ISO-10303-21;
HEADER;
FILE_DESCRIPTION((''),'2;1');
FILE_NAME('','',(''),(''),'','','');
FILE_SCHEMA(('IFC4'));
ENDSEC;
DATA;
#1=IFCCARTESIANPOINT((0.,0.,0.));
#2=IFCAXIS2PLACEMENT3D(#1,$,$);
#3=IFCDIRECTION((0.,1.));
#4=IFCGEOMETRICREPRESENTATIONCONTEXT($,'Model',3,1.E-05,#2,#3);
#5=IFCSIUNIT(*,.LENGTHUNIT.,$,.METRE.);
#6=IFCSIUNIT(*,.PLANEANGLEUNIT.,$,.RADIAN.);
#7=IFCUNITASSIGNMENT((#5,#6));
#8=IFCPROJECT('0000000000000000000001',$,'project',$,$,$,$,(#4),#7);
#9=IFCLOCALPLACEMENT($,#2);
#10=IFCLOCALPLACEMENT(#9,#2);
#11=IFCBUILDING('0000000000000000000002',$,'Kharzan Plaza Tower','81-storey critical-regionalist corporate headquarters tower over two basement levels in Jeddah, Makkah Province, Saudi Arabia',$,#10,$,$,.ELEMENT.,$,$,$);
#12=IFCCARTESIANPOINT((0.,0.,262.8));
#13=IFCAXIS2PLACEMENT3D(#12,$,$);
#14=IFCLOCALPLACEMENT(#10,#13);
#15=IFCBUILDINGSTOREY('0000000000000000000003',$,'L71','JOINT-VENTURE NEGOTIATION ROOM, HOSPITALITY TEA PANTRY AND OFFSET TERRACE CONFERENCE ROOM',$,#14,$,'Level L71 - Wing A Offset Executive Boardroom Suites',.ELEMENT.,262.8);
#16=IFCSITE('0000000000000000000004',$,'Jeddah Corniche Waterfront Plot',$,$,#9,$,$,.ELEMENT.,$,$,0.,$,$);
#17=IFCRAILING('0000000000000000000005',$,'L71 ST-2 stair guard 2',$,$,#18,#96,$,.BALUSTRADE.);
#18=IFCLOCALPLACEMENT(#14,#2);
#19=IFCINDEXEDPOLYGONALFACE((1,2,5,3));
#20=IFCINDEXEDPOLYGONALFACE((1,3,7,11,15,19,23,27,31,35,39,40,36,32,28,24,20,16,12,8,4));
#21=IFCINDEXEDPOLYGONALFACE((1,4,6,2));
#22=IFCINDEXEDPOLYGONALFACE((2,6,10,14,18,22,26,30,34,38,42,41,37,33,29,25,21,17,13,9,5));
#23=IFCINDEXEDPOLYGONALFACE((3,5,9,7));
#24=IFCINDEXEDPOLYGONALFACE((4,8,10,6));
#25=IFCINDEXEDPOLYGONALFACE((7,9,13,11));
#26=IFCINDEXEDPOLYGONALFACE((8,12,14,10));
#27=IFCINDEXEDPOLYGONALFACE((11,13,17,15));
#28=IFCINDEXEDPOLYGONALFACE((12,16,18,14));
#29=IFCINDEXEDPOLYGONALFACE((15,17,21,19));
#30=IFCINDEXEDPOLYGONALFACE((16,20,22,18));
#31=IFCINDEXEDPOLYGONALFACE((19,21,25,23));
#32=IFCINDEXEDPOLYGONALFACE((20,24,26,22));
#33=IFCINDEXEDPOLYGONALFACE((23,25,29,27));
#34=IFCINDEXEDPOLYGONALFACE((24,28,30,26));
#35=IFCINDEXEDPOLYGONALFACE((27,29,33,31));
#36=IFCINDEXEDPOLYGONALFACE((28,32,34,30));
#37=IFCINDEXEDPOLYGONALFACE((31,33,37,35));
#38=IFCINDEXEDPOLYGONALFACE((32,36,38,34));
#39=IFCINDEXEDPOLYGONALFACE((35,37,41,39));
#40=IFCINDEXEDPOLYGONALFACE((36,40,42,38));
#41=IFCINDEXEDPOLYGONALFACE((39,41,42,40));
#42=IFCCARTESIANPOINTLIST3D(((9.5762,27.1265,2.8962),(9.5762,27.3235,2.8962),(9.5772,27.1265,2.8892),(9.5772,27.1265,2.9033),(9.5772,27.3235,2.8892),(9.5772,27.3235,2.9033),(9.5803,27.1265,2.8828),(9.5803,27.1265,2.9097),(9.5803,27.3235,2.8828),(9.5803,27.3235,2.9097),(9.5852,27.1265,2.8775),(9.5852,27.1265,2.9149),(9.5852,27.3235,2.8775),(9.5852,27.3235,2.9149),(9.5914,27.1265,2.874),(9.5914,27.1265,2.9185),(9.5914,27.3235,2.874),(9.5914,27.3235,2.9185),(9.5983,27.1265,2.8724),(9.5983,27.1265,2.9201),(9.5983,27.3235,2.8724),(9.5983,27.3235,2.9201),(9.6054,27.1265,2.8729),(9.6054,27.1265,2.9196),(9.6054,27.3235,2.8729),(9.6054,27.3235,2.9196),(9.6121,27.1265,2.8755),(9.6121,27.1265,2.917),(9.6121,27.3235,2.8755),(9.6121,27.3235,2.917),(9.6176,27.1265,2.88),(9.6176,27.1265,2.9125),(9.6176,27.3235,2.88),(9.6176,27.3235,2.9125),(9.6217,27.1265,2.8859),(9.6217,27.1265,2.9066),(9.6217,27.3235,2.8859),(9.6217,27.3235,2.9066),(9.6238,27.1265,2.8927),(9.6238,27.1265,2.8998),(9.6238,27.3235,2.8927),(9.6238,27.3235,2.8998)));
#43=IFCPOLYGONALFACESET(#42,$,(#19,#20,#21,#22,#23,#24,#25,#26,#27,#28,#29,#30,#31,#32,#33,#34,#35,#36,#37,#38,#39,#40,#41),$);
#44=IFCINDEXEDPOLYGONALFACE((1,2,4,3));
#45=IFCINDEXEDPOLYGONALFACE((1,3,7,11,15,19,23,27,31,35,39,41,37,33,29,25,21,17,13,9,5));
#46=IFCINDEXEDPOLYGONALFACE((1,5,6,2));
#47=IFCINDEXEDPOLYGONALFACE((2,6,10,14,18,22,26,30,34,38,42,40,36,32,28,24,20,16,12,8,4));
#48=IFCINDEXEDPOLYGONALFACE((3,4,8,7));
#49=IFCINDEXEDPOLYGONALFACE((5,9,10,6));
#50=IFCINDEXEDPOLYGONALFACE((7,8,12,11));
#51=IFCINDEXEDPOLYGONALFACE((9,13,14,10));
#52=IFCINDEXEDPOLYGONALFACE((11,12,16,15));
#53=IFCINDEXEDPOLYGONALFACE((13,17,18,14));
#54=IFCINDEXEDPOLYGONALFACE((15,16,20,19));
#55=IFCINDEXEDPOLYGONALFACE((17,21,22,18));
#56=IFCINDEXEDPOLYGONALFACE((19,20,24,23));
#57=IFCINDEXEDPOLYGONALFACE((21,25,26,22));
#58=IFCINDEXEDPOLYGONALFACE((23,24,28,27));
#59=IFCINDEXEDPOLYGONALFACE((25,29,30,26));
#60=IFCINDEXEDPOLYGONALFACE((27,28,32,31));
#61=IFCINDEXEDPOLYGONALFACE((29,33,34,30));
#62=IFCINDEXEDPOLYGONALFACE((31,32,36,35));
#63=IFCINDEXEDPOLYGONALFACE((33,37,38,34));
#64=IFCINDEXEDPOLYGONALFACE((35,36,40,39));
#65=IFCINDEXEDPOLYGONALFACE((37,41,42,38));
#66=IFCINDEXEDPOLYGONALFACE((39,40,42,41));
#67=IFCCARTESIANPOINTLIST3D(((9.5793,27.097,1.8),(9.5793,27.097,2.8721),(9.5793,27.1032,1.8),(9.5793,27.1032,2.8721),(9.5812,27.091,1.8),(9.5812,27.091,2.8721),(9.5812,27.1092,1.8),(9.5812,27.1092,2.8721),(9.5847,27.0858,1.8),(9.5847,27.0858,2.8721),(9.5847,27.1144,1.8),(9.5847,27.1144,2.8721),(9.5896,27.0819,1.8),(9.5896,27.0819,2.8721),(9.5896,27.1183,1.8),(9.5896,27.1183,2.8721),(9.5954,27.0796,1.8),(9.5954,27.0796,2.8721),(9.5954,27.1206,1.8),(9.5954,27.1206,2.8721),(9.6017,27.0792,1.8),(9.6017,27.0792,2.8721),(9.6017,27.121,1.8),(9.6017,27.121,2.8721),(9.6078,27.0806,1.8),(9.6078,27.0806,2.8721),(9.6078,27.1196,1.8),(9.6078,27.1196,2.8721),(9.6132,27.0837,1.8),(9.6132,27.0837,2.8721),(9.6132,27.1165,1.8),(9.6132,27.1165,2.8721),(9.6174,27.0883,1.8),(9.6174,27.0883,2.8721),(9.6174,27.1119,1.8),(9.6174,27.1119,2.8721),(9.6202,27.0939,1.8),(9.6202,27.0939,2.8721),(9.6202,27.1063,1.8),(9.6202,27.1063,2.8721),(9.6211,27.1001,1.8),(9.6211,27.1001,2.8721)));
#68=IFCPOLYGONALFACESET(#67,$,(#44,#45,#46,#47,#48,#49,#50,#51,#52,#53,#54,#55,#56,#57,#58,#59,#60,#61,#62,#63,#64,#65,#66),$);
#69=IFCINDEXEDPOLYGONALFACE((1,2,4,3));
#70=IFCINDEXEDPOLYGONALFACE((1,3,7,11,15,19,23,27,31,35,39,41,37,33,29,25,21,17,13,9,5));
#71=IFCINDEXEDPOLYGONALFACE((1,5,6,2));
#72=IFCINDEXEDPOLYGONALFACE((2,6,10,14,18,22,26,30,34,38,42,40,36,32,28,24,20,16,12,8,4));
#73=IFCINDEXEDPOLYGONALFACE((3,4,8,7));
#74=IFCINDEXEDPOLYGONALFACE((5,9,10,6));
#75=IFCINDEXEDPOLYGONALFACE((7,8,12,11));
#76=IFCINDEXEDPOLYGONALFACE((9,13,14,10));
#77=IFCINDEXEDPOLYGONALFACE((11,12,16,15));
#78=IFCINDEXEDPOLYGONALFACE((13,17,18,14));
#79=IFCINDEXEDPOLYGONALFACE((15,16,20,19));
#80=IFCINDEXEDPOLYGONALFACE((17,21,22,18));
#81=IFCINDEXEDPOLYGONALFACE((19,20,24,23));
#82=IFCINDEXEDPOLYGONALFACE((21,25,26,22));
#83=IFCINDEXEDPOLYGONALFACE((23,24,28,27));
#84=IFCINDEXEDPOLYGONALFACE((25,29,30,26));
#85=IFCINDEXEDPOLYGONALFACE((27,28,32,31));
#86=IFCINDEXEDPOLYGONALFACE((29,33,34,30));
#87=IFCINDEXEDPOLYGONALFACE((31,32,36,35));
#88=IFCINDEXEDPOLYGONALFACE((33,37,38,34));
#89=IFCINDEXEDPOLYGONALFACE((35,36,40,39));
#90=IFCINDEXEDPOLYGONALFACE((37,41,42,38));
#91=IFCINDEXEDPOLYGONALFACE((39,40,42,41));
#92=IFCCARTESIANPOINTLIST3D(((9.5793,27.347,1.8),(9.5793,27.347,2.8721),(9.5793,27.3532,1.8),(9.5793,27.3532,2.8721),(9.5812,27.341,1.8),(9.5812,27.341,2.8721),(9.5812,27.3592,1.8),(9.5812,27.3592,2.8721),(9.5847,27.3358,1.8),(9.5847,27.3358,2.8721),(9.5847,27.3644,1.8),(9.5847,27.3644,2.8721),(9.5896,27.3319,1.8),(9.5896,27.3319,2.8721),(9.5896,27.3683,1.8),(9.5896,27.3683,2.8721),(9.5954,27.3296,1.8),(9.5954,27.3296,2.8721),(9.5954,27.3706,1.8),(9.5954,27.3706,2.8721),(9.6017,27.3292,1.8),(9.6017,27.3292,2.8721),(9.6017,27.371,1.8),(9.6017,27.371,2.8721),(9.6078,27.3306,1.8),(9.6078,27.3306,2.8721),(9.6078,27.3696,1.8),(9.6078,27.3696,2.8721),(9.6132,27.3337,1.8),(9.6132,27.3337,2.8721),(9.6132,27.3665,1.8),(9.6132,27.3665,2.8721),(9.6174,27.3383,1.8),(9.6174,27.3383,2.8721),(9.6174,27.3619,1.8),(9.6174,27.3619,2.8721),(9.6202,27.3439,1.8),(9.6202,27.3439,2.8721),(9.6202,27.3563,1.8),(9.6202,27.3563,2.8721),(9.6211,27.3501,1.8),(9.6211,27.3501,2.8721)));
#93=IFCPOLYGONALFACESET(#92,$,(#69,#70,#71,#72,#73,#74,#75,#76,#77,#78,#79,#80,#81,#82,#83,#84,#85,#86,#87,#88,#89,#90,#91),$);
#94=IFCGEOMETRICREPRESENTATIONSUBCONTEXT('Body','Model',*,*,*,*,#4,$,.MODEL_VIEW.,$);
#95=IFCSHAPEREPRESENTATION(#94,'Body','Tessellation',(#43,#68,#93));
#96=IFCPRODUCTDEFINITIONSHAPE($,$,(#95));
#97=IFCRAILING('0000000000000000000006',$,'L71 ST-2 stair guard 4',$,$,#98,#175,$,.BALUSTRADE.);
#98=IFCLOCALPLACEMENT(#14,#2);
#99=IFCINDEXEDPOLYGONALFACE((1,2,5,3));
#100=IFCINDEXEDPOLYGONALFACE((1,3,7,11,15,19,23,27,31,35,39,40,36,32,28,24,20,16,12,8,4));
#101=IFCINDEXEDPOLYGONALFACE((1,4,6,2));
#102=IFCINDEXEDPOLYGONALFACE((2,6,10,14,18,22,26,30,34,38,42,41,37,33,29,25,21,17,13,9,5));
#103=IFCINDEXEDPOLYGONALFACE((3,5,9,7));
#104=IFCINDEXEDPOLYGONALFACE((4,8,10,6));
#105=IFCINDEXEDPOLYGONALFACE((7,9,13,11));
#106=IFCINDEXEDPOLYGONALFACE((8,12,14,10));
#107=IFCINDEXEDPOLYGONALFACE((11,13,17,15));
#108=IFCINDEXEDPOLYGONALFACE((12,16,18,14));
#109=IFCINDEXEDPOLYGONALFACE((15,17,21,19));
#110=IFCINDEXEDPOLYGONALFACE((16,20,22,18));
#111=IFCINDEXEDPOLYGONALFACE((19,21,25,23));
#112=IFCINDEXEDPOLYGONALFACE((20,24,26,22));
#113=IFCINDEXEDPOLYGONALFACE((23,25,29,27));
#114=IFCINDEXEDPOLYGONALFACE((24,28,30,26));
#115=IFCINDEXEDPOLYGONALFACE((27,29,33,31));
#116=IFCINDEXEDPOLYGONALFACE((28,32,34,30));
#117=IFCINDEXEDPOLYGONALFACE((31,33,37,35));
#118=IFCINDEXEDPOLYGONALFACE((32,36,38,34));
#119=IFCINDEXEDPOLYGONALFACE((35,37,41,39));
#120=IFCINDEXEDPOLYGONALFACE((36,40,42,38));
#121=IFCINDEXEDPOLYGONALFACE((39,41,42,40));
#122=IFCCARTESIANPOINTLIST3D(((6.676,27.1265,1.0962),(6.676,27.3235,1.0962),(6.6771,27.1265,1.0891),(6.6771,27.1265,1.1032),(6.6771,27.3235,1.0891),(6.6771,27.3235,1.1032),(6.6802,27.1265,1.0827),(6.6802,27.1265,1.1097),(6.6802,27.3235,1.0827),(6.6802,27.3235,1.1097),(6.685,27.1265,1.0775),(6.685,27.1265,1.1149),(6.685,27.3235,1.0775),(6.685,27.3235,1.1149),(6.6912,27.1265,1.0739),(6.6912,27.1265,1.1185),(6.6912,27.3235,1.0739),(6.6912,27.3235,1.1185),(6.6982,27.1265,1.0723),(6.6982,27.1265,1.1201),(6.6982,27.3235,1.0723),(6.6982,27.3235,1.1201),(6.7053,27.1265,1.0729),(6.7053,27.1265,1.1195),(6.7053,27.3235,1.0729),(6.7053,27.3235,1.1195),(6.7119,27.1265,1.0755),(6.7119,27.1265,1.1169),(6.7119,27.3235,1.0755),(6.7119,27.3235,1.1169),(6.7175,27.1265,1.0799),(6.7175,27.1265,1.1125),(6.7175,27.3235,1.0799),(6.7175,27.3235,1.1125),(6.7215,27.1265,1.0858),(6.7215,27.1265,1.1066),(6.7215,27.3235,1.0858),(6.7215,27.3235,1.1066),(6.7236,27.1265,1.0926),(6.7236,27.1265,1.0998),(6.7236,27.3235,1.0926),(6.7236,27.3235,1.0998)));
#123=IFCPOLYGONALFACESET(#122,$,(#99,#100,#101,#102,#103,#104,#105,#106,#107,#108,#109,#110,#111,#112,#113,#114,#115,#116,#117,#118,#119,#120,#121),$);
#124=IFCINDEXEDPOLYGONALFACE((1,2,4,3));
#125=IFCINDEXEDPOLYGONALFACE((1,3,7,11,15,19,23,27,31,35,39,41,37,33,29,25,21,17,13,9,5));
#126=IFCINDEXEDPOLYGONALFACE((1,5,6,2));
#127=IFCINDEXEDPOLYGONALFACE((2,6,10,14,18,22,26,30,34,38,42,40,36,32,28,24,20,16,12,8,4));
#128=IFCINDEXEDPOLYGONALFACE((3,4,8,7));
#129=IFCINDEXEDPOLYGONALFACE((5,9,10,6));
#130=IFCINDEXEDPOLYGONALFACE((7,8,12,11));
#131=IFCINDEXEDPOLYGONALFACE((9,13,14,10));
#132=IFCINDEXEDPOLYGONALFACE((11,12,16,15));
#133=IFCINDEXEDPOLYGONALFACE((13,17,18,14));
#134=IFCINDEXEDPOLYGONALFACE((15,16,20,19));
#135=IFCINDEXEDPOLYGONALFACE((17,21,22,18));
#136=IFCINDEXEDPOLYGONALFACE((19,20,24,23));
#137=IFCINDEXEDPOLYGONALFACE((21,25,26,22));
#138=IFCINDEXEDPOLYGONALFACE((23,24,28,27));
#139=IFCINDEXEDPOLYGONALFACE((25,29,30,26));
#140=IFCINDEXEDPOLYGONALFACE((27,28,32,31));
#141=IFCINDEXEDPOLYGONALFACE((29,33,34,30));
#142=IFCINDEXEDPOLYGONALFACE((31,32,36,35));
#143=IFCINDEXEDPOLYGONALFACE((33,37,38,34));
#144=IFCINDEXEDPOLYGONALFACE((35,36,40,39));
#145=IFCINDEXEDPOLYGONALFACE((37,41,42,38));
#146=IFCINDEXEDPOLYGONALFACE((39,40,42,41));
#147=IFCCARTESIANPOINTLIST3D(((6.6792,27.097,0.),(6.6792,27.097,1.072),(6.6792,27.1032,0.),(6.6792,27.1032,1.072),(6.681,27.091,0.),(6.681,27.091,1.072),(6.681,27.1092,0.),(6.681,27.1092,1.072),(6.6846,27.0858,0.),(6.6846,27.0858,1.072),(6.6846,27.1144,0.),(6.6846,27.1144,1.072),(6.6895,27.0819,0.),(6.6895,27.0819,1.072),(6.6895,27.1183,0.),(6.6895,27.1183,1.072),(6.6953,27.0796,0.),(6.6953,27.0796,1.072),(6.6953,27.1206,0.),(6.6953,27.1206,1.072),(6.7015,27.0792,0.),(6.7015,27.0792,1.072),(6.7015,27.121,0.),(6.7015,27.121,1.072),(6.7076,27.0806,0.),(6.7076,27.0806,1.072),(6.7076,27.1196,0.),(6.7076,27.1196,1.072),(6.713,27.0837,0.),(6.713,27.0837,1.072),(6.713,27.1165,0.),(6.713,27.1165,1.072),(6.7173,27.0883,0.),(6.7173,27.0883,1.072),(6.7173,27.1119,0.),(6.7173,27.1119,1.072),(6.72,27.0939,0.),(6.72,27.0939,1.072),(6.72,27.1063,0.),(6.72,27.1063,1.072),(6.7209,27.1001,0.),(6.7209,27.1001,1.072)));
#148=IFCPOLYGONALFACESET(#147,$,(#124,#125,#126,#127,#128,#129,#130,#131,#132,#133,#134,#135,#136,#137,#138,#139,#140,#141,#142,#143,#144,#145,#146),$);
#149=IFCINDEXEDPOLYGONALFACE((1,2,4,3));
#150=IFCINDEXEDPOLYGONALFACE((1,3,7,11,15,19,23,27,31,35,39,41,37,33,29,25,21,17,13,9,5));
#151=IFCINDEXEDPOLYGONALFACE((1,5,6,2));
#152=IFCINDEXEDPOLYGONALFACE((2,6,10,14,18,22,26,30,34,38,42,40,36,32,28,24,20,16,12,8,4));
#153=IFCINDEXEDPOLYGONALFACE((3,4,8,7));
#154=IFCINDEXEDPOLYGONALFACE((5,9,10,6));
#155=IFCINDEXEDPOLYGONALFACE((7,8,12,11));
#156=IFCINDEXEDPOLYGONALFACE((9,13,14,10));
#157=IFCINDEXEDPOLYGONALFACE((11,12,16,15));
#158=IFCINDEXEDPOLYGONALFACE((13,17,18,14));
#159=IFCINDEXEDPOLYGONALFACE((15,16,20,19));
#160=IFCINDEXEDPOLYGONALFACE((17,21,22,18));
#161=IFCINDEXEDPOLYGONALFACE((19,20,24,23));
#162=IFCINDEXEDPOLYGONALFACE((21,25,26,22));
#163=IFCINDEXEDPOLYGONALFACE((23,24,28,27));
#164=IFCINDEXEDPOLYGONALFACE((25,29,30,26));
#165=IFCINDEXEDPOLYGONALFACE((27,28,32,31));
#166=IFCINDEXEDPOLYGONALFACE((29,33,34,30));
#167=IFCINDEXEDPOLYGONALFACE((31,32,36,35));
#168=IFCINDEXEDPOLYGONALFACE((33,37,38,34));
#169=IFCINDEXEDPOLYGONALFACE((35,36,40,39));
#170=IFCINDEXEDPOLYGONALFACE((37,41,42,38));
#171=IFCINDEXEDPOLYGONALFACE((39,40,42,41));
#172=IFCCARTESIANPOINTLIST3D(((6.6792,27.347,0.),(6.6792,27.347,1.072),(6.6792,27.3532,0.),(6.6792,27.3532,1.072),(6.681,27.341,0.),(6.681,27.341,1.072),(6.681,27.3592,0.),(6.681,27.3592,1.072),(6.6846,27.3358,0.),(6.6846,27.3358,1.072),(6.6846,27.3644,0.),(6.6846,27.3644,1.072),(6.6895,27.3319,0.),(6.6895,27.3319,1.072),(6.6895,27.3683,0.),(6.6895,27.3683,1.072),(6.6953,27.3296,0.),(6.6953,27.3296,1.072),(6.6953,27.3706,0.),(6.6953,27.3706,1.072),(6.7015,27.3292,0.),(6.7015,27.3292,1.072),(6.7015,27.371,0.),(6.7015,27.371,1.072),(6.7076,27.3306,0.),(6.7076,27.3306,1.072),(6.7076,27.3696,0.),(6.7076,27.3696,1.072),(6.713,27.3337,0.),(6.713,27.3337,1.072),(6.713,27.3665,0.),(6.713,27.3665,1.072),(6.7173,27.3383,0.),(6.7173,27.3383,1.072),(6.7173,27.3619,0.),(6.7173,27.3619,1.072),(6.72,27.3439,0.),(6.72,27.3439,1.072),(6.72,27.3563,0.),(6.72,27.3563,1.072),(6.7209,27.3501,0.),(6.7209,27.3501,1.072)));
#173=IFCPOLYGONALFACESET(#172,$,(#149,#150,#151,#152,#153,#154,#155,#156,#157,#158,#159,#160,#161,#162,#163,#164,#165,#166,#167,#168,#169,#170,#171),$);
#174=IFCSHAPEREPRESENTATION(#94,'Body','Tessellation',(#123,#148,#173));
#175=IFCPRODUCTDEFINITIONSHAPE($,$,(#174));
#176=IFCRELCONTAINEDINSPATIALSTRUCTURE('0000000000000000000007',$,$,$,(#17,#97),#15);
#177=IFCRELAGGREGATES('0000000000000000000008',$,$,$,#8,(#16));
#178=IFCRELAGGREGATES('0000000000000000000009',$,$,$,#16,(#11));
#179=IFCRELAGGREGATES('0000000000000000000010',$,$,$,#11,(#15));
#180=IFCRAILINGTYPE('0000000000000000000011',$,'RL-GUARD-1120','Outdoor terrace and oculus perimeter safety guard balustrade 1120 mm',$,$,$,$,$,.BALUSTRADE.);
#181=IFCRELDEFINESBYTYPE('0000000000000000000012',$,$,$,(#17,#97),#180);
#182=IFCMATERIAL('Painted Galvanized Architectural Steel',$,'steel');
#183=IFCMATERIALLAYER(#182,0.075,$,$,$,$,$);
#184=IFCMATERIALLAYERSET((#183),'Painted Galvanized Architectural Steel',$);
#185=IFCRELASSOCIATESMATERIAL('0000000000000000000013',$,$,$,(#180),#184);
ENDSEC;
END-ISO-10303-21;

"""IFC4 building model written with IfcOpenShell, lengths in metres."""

from ifc_helpers import new_model, si_unit, direction, frame, origin, origin_2d, place, context, subcontext, project, spatial, circle, extrude, source, transform, mapped, material, layer, layer_set, type_object, element, save


model = new_model("IFC4")

# Units and contexts
model_context = context("Model", 3, precision=1e-05, world=origin(), true_north=direction((0.0, 1.0)))
body_context = subcontext(model_context, "Body", "Model", "MODEL_VIEW")
ifc_project = project(units=[si_unit("LENGTHUNIT", "METRE"), si_unit("PLANEANGLEUNIT", "RADIAN")], contexts=[model_context])

# Site, building, storey
site_placement = place(None, origin())
site = spatial("IfcSite", under=ifc_project, at=site_placement, Name="Jeddah Corniche Waterfront Plot", CompositionType="ELEMENT", RefElevation=0.0)
building_placement = place(site_placement, origin())
building = spatial("IfcBuilding", under=site, at=building_placement, Name="Kharzan Plaza Tower", Description="81-storey critical-regionalist corporate headquarters tower over two basement levels in Jeddah, Makkah Province, Saudi Arabia", CompositionType="ELEMENT")
storey_placement = place(building_placement, frame((0.0, 0.0, 262.8)))
storey = spatial("IfcBuildingStorey", under=building, at=storey_placement, Name="L71", Description="JOINT-VENTURE NEGOTIATION ROOM, HOSPITALITY TEA PANTRY AND OFFSET TERRACE CONFERENCE ROOM", LongName="Level L71 - Wing A Offset Executive Boardroom Suites", CompositionType="ELEMENT", Elevation=262.8)

# Railings
ifc_material_1 = material(Name="Painted Galvanized Architectural Steel", Category="steel")
ifc_layer_1 = layer(ifc_material_1, 0.075)
ifc_layer_set_1 = layer_set([ifc_layer_1], Name="Painted Galvanized Architectural Steel")
railing_type_1 = type_object("IfcRailingType", Name="RL-GUARD-1120", Description="Outdoor terrace and oculus perimeter safety guard balustrade 1120 mm", PredefinedType="BALUSTRADE", material=ifc_layer_set_1)
shared_shape_1 = source(origin(), body_context, "Body", "SweptSolid", [
    extrude(circle(Radius=0.0239, at=origin_2d()), frame((0.0, 0.0264, 1.0962), z_axis=(0.0, 1.0, 0.0), x_axis=(-1.0, 0.0, 0.0)), (0.0, 0.0, 1.0), 0.197),
    extrude(circle(Radius=0.021, at=origin_2d()), origin(), (0.0, 0.0, 1.0), 1.072),
    extrude(circle(Radius=0.021, at=origin_2d()), frame((0.0, 0.25, 0.0)), (0.0, 0.0, 1.0), 1.072),
])
for number, where, name in (
    (1, (9.6001, 27.1001, 1.8), "L71 ST-2 stair guard 2"),
    (2, (6.7, 27.1001, 0.0), "L71 ST-2 stair guard 4"),
):
    element("IfcRailing", number, at=place(storey_placement, frame(where)), inside=storey, type_object=railing_type_1, Name=name, PredefinedType="BALUSTRADE", context=body_context, shape_type="MappedRepresentation", body=[
        mapped(shared_shape_1, transform((0.0, 0.0, 0.0), x_axis=(1.0, 0.0, 0.0), y_axis=(0.0, 1.0, 0.0), z_axis=(0.0, 0.0, 1.0))),
    ])

save(model, "model.ifc")
